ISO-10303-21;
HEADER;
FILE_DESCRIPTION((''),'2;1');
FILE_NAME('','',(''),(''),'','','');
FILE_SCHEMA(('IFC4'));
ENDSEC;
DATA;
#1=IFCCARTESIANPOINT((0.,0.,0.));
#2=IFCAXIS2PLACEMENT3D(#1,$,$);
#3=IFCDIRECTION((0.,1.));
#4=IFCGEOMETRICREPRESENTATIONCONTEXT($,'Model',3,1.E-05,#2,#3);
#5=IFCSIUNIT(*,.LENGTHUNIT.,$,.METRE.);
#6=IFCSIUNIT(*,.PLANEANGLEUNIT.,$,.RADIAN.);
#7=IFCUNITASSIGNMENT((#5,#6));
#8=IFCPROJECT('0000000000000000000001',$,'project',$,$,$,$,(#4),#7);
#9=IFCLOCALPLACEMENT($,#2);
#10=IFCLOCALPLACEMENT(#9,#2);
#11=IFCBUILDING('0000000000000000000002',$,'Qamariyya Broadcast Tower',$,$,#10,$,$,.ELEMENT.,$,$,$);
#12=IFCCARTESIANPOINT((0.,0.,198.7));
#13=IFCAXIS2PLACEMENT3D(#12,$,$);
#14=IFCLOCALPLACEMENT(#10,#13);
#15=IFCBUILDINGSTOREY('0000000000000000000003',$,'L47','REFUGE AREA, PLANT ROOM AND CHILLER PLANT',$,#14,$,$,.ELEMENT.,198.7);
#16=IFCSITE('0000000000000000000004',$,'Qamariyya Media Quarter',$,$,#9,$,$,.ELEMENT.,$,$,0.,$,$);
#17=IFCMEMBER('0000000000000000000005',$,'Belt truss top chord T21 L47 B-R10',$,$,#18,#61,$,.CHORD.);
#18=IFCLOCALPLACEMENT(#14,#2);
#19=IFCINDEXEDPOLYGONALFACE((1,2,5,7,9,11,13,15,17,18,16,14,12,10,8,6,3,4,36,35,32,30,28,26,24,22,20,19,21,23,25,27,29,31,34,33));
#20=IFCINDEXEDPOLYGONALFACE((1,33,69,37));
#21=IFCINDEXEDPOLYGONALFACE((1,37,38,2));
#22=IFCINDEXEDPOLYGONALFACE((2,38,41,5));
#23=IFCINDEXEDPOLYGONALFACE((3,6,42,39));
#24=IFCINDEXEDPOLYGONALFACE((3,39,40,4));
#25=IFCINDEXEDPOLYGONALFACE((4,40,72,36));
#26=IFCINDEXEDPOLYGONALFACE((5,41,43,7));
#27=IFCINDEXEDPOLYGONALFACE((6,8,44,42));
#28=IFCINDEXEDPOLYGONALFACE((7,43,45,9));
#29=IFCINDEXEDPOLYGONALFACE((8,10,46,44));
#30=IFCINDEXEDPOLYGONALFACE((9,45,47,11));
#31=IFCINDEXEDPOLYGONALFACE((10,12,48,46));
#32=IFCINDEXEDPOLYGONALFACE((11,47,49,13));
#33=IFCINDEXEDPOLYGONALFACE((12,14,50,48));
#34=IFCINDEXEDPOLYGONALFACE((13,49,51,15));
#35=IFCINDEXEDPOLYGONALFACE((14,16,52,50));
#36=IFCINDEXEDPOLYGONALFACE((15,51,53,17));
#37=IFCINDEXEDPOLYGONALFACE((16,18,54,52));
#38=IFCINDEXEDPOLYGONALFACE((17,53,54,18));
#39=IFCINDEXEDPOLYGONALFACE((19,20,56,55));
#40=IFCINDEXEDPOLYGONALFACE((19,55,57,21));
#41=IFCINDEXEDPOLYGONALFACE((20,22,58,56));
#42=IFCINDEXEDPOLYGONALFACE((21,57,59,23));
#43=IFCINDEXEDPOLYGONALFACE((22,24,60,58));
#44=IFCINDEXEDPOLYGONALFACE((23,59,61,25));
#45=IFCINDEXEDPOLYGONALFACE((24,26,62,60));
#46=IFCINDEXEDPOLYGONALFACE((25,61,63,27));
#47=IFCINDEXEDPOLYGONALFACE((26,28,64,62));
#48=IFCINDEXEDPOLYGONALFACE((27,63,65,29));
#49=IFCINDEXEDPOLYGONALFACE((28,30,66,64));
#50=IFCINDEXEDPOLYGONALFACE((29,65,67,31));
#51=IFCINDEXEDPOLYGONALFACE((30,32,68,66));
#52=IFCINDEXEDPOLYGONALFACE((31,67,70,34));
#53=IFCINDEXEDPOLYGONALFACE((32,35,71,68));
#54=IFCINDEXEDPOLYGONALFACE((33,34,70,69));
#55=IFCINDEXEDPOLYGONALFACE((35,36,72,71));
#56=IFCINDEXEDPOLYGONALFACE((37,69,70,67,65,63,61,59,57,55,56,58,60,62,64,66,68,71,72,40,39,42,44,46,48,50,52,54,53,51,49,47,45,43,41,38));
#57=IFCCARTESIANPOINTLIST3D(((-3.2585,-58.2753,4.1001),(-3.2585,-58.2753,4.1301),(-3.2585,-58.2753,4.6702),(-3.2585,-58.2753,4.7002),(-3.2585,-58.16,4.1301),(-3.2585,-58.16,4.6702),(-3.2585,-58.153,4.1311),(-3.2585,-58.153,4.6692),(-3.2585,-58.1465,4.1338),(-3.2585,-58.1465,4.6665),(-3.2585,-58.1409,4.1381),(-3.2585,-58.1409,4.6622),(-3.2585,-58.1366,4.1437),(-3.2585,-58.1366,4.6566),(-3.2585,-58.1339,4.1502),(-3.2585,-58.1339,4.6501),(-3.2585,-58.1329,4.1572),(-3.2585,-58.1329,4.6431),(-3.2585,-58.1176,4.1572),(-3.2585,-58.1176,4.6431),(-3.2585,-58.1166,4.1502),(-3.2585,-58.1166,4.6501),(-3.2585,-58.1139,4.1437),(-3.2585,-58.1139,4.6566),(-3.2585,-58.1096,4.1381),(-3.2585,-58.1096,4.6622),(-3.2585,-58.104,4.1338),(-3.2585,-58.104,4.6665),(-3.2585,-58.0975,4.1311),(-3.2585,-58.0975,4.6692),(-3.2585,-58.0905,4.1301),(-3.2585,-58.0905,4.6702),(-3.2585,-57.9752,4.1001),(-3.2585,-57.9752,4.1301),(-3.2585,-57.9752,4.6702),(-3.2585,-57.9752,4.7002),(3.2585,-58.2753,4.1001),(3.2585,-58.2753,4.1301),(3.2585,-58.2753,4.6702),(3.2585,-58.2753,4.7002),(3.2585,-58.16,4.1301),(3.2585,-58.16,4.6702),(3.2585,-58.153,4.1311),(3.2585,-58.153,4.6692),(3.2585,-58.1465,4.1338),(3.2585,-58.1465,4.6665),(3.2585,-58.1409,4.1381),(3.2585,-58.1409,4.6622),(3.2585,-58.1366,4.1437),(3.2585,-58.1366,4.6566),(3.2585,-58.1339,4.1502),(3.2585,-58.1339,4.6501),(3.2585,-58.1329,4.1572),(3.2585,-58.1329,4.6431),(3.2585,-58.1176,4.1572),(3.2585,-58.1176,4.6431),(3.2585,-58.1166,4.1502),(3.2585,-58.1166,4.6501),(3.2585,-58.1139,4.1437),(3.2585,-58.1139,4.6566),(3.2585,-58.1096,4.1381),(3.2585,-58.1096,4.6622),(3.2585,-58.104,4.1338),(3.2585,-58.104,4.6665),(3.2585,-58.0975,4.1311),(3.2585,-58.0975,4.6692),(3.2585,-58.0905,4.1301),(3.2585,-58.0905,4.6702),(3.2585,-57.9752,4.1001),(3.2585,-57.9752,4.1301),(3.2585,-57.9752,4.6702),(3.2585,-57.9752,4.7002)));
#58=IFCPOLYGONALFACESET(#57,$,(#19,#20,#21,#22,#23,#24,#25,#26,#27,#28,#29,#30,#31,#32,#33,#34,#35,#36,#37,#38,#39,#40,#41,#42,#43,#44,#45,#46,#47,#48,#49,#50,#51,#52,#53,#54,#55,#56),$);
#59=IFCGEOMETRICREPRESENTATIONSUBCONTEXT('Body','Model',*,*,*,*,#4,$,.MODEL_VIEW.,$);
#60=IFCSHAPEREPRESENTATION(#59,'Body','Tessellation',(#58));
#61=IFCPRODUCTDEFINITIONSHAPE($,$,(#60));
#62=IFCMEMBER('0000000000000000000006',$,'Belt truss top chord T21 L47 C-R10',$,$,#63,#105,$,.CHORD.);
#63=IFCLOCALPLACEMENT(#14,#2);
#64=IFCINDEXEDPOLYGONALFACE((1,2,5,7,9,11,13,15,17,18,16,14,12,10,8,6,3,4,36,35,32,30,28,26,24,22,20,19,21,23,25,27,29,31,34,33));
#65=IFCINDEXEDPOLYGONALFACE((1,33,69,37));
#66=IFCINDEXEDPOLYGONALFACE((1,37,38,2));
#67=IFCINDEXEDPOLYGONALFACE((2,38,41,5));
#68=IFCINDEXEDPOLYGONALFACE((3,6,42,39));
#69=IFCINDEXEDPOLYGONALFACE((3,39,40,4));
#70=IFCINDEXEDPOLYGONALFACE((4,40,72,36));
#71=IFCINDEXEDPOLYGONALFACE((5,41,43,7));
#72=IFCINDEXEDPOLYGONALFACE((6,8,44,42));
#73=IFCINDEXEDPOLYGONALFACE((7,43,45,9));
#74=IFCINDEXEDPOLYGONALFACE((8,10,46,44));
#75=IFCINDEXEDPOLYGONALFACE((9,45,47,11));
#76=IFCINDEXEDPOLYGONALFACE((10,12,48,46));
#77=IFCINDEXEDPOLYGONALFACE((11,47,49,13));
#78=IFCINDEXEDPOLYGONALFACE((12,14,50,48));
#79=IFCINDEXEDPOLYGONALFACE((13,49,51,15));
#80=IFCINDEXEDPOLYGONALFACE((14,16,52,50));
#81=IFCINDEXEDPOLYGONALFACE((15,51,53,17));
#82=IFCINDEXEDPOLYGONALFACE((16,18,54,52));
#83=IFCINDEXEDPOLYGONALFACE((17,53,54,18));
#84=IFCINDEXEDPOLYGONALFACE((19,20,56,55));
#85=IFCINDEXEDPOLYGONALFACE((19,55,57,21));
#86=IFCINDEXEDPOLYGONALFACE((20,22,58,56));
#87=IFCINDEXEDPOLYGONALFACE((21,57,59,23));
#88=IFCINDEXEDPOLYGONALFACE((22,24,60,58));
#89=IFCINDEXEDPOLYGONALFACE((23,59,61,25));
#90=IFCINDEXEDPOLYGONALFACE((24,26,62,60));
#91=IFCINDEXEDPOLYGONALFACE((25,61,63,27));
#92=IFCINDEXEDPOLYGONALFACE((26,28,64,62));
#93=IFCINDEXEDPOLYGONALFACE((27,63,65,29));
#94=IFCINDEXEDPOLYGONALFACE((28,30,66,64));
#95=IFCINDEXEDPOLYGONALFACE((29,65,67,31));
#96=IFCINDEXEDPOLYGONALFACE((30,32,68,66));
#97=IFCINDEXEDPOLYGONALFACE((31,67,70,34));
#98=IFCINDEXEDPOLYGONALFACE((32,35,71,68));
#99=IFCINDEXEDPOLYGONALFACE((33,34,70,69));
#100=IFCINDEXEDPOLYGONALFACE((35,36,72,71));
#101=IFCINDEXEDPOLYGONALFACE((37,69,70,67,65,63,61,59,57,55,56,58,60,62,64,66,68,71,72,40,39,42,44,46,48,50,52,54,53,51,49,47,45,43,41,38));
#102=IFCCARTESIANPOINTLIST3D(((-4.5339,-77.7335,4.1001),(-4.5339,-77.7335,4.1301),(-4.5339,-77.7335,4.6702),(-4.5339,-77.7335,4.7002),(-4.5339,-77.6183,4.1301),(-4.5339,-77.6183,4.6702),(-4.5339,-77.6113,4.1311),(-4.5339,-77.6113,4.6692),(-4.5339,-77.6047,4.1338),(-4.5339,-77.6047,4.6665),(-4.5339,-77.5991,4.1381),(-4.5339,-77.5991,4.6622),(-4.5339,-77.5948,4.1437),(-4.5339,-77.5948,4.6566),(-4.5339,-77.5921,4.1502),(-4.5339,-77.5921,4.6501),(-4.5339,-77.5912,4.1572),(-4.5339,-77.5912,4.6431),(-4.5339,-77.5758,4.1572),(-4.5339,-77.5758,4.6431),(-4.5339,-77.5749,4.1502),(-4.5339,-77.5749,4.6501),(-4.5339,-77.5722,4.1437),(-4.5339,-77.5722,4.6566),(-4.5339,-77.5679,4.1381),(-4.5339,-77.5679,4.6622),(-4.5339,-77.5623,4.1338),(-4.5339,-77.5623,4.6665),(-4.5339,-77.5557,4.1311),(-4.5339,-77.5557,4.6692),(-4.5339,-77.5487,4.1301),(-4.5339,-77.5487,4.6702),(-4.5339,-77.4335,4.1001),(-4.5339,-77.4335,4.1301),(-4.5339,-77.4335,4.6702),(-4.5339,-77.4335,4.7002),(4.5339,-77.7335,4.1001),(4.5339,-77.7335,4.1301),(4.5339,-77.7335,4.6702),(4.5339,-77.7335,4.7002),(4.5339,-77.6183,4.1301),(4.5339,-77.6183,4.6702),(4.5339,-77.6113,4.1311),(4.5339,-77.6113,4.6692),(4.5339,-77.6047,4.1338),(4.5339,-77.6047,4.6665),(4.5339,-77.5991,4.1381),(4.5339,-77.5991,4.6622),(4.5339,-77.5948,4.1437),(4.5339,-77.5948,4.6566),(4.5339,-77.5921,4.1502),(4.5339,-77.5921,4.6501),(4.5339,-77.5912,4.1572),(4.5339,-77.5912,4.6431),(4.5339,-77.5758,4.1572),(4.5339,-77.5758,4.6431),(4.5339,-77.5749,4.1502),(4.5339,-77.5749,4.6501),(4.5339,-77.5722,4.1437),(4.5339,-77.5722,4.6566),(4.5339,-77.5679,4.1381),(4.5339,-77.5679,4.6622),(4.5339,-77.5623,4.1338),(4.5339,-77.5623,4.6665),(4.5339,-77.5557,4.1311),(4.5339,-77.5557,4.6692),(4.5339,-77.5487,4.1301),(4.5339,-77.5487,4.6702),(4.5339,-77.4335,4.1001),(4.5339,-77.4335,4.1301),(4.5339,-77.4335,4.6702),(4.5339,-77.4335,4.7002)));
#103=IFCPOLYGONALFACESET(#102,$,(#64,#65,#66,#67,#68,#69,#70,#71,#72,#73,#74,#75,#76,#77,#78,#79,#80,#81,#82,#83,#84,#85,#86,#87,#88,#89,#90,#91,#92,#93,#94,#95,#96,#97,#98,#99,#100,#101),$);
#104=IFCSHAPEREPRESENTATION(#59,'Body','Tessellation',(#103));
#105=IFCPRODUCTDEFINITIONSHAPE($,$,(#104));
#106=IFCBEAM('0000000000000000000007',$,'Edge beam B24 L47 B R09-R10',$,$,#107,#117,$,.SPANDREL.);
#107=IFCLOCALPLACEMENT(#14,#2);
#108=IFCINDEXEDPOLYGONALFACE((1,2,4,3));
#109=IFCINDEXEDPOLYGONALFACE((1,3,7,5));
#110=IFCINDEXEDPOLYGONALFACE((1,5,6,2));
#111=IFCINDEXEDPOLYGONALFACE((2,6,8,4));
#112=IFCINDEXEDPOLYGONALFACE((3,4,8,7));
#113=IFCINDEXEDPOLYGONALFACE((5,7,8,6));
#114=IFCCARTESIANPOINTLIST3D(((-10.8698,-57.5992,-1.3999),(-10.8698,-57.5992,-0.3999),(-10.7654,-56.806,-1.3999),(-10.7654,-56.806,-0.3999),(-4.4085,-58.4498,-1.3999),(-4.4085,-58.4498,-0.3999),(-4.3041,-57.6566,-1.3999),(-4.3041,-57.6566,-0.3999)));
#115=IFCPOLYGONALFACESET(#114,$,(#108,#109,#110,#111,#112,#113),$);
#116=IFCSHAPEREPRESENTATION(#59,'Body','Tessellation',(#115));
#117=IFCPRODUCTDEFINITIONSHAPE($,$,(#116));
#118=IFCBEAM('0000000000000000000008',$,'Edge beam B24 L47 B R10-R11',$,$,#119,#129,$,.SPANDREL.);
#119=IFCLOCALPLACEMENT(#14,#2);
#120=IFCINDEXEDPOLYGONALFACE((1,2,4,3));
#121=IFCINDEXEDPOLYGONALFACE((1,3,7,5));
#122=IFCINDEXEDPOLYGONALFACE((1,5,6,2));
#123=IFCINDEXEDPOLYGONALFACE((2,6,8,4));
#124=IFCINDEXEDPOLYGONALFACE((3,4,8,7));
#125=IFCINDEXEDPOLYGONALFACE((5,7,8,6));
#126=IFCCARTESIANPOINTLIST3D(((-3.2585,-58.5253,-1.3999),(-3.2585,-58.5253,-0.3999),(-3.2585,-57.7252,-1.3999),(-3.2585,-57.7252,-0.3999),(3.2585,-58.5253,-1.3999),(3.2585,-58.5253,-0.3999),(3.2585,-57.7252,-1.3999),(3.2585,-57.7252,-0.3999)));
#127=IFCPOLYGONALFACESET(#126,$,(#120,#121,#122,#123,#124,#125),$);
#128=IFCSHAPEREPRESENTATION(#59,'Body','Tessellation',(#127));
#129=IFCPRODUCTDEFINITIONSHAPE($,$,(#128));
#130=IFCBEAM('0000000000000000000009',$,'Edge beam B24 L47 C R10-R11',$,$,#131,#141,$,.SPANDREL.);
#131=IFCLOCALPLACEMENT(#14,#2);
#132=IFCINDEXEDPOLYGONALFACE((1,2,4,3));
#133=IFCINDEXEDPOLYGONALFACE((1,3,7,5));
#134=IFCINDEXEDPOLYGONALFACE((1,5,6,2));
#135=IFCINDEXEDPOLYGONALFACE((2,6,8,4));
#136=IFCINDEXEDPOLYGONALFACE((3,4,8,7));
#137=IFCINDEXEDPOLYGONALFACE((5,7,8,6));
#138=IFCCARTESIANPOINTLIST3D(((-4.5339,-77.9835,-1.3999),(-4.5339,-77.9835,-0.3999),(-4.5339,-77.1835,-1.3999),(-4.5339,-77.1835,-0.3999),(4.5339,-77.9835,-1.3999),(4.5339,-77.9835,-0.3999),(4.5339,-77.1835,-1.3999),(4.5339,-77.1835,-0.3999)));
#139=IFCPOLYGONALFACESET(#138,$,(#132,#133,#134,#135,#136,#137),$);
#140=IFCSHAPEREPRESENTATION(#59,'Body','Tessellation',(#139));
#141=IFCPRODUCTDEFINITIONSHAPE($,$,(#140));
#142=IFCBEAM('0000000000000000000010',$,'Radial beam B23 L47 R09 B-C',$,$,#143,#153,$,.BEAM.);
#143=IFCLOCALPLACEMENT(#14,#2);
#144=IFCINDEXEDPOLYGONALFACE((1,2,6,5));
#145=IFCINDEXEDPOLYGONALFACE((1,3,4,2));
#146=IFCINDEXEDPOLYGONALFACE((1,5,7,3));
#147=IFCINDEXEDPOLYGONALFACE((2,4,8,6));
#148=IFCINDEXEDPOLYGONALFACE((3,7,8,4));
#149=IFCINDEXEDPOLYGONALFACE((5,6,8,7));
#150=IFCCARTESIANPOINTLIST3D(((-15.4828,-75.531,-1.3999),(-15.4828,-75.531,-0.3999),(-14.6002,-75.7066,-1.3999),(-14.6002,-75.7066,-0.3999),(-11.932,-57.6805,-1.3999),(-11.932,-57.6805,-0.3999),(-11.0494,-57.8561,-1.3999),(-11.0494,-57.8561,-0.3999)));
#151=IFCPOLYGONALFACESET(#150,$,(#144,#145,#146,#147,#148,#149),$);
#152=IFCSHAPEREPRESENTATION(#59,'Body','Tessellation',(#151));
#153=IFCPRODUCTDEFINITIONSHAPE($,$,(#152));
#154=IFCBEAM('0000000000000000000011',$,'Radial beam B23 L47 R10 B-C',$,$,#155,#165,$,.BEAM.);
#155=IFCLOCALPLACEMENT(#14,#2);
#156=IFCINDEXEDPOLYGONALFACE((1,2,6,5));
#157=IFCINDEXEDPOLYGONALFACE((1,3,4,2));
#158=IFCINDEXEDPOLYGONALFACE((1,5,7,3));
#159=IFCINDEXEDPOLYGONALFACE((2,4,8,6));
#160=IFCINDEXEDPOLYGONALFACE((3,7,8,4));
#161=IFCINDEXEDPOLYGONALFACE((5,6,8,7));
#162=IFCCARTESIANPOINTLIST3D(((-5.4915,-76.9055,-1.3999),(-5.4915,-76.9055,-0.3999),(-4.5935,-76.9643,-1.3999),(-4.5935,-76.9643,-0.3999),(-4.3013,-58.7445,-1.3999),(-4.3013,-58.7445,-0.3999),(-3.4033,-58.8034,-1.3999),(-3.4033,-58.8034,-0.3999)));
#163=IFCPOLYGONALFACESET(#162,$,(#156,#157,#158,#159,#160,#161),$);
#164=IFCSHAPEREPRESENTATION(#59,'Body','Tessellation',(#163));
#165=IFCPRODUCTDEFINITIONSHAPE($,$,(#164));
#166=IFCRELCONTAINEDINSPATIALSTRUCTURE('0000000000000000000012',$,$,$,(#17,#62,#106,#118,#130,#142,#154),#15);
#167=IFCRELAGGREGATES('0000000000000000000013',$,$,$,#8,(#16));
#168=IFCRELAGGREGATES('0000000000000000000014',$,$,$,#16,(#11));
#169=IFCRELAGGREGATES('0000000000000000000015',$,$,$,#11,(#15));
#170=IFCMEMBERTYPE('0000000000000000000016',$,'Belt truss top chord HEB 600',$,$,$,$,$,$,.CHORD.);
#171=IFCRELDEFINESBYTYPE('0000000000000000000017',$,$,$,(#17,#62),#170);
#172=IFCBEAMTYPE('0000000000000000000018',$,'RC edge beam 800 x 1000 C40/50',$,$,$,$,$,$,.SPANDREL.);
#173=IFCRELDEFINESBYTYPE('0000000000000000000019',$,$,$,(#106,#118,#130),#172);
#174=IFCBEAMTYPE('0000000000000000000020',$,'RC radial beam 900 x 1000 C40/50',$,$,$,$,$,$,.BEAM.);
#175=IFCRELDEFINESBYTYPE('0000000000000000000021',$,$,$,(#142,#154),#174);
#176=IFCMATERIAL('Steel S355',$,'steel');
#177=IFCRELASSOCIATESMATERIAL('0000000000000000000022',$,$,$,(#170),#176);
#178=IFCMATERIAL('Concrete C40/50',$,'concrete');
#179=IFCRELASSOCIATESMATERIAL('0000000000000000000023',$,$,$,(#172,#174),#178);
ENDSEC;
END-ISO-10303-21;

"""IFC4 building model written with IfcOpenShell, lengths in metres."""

from ifc_helpers import new_model, si_unit, direction, frame, origin, origin_2d, place, context, subcontext, project, spatial, rectangle, i_section, extrude, material, material_profile, profile_set, type_object, element, save


model = new_model("IFC4")

# Units and contexts
model_context = context("Model", 3, precision=1e-05, world=origin(), true_north=direction((0.0, 1.0)))
body_context = subcontext(model_context, "Body", "Model", "MODEL_VIEW")
ifc_project = project(units=[si_unit("LENGTHUNIT", "METRE"), si_unit("PLANEANGLEUNIT", "RADIAN")], contexts=[model_context])

# Site, building, storey
site_placement = place(None, origin())
site = spatial("IfcSite", under=ifc_project, at=site_placement, Name="Qamariyya Media Quarter", CompositionType="ELEMENT", RefElevation=0.0)
building_placement = place(site_placement, origin())
building = spatial("IfcBuilding", under=site, at=building_placement, Name="Qamariyya Broadcast Tower", CompositionType="ELEMENT")
storey_placement = place(building_placement, frame((0.0, 0.0, 198.7)))
storey = spatial("IfcBuildingStorey", under=building, at=storey_placement, Name="L47", Description="REFUGE AREA, PLANT ROOM AND CHILLER PLANT", CompositionType="ELEMENT", Elevation=198.7)

# Members
ifc_material_1 = material(Name="Steel S355", Category="steel")
ifc_material_profile_1 = material_profile(ifc_material_1, i_section(OverallWidth=0.3, OverallDepth=0.6001, WebThickness=0.0154, FlangeThickness=0.03, FilletRadius=0.0271, at=origin_2d()))
ifc_profile_set_1 = profile_set([ifc_material_profile_1], Name="Steel S355")
member_type_1 = type_object("IfcMemberType", Name="Belt truss top chord HEB 600", PredefinedType="CHORD", material=ifc_profile_set_1)
for number, where, z_axis, x_axis, name in (
    (1, (-3.2585, -58.1252, 4.4001), (1.0, 0.0, 0.0), (0.0, 1.0, 0.0), "Belt truss top chord T21 L47 B-R10"),
):
    element("IfcMember", number, at=place(storey_placement, frame(where, z_axis=z_axis, x_axis=x_axis)), inside=storey, type_object=member_type_1, Name=name, PredefinedType="CHORD", context=body_context, shape_type="SweptSolid", body=[
        extrude(i_section(OverallWidth=0.3, OverallDepth=0.6001, WebThickness=0.0154, FlangeThickness=0.03, FilletRadius=0.0271, at=origin_2d()), origin(), (0.0, 0.0, 1.0), 6.5171),
    ])
member_1_placement = place(storey_placement, frame((-4.5339, -77.5835, 4.4001), z_axis=(1.0, 0.0, 0.0), x_axis=(0.0, 1.0, 0.0)))
element("IfcMember", 2, at=member_1_placement, inside=storey, type_object=member_type_1, Name="Belt truss top chord T21 L47 C-R10", PredefinedType="CHORD", context=body_context, shape_type="SweptSolid", body=[
    extrude(i_section(OverallWidth=0.3, OverallDepth=0.6001, WebThickness=0.0154, FlangeThickness=0.03, FilletRadius=0.0271, at=origin_2d()), origin(), (0.0, 0.0, 1.0), 9.0679),
])

# Beams
ifc_material_2 = material(Name="Concrete C40/50", Category="concrete")
ifc_material_profile_2 = material_profile(ifc_material_2, rectangle(XDim=0.8, YDim=1.0, at=origin_2d()))
ifc_profile_set_2 = profile_set([ifc_material_profile_2], Name="Concrete C40/50")
beam_type_1 = type_object("IfcBeamType", Name="RC edge beam 800 x 1000 C40/50", PredefinedType="SPANDREL", material=ifc_profile_set_2)
for number, where, z_axis, x_axis, name in (
    (3, (-10.8176, -57.2026, -0.8999), (0.991446, -0.130515, 0.0), (0.130515, 0.991446, 0.0), "Edge beam B24 L47 B R09-R10"),
    (4, (-3.2585, -58.1252, -0.8999), (1.0, 0.0, 0.0), (0.0, 1.0, 0.0), "Edge beam B24 L47 B R10-R11"),
):
    element("IfcBeam", number, at=place(storey_placement, frame(where, z_axis=z_axis, x_axis=x_axis)), inside=storey, type_object=beam_type_1, Name=name, PredefinedType="SPANDREL", context=body_context, shape_type="SweptSolid", body=[
        extrude(rectangle(XDim=0.8, YDim=1.0, at=origin_2d()), origin(), (0.0, 0.0, 1.0), 6.5171),
    ])
beam_1_placement = place(storey_placement, frame((-4.5339, -77.5835, -0.8999), z_axis=(1.0, 0.0, 0.0), x_axis=(0.0, 1.0, 0.0)))
element("IfcBeam", 5, at=beam_1_placement, inside=storey, type_object=beam_type_1, Name="Edge beam B24 L47 C R10-R11", PredefinedType="SPANDREL", context=body_context, shape_type="SweptSolid", body=[
    extrude(rectangle(XDim=0.8, YDim=1.0, at=origin_2d()), origin(), (0.0, 0.0, 1.0), 9.0679),
])
ifc_material_profile_3 = material_profile(ifc_material_2, rectangle(XDim=0.8999, YDim=1.0, at=origin_2d()))
ifc_profile_set_3 = profile_set([ifc_material_profile_3], Name="Concrete C40/50")
beam_type_2 = type_object("IfcBeamType", Name="RC radial beam 900 x 1000 C40/50", PredefinedType="BEAM", material=ifc_profile_set_3)
beam_2_placement = place(storey_placement, frame((-11.4907, -57.7683, -0.8999), z_axis=(-0.195097, -0.980784, 0.0), x_axis=(0.980784, -0.195097, 0.0)))
element("IfcBeam", 6, at=beam_2_placement, inside=storey, type_object=beam_type_2, Name="Radial beam B23 L47 R09 B-C", PredefinedType="BEAM", context=body_context, shape_type="SweptSolid", body=[
    extrude(rectangle(XDim=0.8999, YDim=1.0, at=origin_2d()), origin(), (0.0, 0.0, 1.0), 18.2002),
])
beam_3_placement = place(storey_placement, frame((-3.8523, -58.7739, -0.8999), z_axis=(-0.065395, -0.997859, 0.0), x_axis=(0.997859, -0.065395, 0.0)))
element("IfcBeam", 7, at=beam_3_placement, inside=storey, type_object=beam_type_2, Name="Radial beam B23 L47 R10 B-C", PredefinedType="BEAM", context=body_context, shape_type="SweptSolid", body=[
    extrude(rectangle(XDim=0.8999, YDim=1.0, at=origin_2d()), origin(), (0.0, 0.0, 1.0), 18.2),
])

save(model, "model.ifc")
